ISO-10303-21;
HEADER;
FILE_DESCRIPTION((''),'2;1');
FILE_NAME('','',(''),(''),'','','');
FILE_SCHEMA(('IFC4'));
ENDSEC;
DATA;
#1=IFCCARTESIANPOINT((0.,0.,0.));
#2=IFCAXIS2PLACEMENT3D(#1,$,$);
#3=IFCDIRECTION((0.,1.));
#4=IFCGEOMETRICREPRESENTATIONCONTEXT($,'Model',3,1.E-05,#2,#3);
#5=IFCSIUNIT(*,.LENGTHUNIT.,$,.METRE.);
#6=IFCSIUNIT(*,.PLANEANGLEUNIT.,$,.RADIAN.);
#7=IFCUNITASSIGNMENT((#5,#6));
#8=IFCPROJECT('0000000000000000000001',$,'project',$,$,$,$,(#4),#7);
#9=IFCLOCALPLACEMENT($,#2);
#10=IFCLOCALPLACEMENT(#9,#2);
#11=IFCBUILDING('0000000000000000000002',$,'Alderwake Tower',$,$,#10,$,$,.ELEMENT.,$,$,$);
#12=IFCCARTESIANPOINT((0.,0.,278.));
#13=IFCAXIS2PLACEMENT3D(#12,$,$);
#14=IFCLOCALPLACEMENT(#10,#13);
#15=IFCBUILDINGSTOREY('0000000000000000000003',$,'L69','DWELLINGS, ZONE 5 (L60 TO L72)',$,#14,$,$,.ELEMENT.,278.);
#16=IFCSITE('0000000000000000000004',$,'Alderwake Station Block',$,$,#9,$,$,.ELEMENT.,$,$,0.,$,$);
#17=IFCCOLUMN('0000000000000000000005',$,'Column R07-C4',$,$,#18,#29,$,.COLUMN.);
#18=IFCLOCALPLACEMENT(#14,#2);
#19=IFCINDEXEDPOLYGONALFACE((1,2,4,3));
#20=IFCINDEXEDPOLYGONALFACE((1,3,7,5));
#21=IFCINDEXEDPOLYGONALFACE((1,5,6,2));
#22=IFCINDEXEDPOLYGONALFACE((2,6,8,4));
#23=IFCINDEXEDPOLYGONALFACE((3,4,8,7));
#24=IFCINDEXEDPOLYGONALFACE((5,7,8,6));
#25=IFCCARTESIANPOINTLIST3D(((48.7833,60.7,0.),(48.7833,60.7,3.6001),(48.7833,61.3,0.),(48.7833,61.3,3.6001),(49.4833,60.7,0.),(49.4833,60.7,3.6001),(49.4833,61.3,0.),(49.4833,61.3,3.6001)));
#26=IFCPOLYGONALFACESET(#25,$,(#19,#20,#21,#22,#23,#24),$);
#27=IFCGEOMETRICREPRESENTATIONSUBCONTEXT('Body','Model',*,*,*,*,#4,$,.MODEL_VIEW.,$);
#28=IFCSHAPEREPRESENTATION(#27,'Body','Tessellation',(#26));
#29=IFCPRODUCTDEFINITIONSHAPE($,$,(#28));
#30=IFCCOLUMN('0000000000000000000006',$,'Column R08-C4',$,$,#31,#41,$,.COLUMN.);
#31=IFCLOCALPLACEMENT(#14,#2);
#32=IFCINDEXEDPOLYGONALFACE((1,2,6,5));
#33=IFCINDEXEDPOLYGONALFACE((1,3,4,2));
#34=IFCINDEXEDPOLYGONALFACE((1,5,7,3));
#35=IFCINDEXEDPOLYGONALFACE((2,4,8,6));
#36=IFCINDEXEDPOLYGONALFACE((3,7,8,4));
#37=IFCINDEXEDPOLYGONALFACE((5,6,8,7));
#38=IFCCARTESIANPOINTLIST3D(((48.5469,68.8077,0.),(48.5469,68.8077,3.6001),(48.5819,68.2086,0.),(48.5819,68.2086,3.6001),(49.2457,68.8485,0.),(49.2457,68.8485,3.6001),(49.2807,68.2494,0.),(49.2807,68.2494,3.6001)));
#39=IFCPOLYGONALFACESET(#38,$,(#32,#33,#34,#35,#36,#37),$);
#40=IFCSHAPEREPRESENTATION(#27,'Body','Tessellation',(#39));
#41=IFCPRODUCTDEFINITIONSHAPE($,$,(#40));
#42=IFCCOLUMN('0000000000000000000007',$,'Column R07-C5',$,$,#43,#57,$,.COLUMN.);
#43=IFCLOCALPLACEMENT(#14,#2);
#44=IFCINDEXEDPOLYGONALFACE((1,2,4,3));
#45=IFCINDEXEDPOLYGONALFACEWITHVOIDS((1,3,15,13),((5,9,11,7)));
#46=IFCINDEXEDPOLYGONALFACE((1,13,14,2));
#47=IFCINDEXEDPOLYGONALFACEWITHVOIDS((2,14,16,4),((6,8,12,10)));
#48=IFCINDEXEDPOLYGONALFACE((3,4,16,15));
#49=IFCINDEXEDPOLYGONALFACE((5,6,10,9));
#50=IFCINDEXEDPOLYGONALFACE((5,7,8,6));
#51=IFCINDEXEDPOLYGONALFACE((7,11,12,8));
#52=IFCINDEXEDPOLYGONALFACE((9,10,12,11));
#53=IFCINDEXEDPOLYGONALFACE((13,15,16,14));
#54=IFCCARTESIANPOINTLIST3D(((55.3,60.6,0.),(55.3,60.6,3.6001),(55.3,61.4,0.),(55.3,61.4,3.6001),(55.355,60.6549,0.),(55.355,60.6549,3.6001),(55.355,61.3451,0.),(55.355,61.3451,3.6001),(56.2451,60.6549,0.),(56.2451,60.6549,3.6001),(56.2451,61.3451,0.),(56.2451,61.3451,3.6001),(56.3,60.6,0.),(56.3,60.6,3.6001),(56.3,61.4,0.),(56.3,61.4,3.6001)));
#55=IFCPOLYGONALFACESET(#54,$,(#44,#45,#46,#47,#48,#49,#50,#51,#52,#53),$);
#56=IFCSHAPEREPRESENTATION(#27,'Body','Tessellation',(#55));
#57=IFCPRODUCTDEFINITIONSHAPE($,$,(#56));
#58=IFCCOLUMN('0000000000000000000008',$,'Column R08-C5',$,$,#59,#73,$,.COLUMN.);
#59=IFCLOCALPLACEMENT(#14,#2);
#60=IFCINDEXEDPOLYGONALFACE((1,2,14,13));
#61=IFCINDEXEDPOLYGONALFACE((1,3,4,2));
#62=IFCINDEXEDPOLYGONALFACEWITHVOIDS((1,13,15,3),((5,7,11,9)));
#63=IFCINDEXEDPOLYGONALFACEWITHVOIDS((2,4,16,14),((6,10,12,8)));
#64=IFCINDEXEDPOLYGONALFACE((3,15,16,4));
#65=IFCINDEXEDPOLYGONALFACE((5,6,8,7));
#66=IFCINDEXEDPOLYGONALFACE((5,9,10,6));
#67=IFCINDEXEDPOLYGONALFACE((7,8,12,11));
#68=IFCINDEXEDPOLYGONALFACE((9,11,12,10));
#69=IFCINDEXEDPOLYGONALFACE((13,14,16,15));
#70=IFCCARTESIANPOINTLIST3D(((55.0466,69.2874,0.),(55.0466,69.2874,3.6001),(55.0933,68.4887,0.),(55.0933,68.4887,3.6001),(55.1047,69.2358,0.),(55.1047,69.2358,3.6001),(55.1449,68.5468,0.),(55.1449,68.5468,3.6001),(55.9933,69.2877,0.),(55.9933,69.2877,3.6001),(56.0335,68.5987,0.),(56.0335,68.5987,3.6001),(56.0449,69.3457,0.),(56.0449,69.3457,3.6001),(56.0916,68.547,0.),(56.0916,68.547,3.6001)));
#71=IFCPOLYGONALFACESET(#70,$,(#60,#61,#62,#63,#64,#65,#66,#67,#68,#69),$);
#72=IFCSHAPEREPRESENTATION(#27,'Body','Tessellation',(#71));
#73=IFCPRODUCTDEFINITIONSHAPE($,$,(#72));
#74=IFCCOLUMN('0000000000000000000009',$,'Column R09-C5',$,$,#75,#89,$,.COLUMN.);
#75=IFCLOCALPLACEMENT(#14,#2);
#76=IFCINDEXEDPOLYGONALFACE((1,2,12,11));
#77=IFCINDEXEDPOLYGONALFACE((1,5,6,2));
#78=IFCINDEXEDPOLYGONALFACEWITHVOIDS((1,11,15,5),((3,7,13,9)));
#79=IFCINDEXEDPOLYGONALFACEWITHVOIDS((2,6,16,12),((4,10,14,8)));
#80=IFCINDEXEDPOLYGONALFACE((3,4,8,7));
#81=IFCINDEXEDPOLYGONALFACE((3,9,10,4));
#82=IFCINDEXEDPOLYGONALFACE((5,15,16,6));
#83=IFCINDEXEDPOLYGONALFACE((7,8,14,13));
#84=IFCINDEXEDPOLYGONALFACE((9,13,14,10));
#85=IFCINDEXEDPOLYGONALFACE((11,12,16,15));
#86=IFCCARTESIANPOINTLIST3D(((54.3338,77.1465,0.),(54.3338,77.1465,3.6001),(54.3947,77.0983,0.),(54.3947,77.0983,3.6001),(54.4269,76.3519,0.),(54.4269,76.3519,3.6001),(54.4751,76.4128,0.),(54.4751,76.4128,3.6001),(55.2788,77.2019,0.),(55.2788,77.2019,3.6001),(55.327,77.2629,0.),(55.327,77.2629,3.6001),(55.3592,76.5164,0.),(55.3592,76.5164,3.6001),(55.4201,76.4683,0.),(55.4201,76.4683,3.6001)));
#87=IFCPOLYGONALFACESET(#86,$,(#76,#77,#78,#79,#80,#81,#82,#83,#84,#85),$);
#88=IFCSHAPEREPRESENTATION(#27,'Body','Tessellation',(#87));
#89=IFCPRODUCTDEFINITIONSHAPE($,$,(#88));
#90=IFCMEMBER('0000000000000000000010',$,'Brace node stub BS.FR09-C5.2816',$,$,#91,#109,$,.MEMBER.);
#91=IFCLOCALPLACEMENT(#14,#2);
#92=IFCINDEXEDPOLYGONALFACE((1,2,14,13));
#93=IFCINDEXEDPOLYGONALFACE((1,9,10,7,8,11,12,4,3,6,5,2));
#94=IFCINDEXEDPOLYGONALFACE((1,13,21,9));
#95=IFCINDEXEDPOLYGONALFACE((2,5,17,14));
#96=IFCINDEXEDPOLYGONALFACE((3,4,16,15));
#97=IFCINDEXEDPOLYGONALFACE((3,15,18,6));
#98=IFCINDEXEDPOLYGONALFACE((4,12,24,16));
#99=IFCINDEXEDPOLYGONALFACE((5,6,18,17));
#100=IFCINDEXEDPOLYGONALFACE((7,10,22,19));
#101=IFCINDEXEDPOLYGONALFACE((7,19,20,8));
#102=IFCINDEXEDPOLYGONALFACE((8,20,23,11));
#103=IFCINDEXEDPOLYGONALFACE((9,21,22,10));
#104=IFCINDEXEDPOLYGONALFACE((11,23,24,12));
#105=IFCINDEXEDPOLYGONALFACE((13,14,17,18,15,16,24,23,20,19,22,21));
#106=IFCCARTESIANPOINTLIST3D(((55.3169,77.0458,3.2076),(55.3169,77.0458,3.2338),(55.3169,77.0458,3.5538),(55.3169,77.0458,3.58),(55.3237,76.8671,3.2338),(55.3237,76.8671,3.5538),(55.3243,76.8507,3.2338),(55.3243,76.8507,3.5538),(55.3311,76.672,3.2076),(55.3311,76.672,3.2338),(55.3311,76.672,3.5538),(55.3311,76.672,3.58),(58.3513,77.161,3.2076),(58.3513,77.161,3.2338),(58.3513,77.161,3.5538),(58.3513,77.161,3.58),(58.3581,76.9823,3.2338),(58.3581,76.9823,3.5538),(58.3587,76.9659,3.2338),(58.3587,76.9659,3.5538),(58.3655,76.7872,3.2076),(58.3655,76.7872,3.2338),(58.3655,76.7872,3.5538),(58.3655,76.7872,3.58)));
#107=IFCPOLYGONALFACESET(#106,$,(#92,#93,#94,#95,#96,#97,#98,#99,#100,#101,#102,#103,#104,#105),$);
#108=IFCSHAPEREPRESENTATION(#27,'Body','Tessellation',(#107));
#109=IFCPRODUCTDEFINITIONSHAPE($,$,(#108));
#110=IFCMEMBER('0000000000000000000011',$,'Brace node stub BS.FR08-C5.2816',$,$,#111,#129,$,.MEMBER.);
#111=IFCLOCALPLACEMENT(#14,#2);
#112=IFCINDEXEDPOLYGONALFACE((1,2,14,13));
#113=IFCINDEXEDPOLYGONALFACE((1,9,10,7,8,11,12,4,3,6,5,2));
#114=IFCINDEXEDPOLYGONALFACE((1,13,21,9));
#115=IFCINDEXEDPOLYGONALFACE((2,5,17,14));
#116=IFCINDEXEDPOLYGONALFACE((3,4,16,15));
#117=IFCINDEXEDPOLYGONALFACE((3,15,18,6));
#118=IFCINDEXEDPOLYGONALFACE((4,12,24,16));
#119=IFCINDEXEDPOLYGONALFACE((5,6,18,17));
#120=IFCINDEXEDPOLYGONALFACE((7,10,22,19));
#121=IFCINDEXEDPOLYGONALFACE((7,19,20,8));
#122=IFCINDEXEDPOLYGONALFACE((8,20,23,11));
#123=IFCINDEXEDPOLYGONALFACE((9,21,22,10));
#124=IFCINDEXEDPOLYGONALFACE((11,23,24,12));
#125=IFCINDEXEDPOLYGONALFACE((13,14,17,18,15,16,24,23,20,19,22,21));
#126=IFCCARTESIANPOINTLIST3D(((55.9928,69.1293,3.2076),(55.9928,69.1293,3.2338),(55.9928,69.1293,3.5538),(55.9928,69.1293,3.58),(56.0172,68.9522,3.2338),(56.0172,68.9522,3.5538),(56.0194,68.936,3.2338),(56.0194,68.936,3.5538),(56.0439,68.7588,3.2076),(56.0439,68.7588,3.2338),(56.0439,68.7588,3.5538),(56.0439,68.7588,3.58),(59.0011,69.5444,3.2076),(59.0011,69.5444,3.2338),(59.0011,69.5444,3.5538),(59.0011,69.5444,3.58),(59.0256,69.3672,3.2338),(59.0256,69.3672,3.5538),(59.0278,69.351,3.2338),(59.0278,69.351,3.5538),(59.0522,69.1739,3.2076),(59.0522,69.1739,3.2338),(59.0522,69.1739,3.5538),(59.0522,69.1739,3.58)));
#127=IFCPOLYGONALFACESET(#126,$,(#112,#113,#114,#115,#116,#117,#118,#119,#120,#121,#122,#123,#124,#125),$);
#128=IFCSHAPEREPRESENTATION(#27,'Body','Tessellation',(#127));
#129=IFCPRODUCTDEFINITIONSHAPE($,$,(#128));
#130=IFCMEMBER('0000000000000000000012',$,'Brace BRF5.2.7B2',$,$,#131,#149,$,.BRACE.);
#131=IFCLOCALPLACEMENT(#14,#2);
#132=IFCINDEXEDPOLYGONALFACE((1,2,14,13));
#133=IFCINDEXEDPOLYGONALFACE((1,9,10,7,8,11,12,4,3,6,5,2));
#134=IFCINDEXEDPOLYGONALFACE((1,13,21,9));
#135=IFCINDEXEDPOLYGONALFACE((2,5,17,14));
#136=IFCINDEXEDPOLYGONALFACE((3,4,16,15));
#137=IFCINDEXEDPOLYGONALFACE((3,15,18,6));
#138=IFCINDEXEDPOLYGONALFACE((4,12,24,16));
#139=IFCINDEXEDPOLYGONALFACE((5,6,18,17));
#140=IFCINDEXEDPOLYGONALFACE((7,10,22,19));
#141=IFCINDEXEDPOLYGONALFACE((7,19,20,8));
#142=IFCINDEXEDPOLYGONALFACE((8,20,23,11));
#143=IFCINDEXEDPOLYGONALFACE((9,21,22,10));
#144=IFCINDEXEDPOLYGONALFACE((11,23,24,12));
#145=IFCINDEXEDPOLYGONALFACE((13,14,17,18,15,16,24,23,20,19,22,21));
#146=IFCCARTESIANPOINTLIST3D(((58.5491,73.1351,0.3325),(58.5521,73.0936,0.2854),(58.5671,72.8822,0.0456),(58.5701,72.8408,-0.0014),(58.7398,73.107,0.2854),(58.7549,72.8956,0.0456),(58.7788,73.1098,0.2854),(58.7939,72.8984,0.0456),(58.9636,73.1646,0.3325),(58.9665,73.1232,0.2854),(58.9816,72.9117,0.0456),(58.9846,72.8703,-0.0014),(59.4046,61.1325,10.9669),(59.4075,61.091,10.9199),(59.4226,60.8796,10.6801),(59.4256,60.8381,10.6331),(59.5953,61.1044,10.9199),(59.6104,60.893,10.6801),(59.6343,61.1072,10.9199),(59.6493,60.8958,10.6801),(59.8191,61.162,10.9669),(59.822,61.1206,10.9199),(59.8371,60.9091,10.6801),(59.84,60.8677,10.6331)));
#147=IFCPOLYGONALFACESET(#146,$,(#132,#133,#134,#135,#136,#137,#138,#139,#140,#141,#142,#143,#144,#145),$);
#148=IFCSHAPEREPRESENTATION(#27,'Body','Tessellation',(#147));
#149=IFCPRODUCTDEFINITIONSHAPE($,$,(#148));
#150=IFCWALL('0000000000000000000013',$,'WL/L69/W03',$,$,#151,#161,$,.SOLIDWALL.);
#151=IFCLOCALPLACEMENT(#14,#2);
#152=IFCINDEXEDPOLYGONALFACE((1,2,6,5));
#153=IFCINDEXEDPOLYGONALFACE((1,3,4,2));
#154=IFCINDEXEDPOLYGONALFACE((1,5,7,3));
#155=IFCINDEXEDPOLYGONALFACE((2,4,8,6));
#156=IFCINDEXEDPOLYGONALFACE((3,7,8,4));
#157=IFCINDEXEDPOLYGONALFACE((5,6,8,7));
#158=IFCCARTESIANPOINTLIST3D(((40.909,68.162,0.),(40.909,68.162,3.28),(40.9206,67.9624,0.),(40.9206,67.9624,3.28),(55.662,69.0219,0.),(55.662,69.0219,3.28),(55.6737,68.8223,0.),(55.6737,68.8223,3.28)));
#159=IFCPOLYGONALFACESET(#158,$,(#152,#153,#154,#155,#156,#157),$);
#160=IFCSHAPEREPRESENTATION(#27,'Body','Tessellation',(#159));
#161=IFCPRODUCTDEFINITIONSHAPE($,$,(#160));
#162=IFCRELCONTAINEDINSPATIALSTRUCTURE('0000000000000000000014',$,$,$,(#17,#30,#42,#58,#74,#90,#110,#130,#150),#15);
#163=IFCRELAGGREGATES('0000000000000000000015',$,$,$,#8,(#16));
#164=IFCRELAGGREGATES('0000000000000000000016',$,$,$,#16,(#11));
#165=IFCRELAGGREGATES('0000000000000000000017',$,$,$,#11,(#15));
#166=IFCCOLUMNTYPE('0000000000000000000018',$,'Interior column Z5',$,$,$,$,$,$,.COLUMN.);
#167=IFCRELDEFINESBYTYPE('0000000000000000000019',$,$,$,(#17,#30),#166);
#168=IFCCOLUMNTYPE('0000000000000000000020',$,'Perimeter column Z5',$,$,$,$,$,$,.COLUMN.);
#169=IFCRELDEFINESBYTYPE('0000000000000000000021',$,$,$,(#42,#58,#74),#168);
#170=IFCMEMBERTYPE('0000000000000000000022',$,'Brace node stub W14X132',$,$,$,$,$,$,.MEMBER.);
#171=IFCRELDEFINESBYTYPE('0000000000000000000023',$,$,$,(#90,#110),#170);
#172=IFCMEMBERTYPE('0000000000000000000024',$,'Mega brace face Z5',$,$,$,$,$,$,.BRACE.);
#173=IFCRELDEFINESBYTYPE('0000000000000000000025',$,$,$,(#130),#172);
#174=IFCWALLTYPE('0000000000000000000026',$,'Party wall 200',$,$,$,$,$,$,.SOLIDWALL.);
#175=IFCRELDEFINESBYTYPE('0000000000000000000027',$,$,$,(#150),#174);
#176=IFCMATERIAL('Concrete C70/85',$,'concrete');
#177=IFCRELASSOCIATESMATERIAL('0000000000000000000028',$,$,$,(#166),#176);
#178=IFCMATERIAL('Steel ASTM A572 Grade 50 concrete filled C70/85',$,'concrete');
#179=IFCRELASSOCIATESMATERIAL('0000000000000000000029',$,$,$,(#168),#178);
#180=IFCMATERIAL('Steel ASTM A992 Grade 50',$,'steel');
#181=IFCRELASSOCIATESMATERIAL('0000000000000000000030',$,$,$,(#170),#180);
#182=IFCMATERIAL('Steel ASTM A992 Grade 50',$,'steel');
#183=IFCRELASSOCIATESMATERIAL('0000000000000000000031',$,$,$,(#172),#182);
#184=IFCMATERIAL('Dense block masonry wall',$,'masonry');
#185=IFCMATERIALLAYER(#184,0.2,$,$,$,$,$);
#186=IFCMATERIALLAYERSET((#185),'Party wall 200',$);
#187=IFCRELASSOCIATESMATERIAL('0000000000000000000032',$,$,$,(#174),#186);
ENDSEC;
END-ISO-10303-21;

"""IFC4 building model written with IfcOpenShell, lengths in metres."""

from ifc_helpers import new_model, si_unit, direction, frame, frame_2d, origin, origin_2d, place, context, subcontext, project, spatial, rectangle, hollow_rectangle, i_section, extrude, material, layer, layer_set, material_profile, profile_set, type_object, element, save


model = new_model("IFC4")

# Units and contexts
model_context = context("Model", 3, precision=1e-05, world=origin(), true_north=direction((0.0, 1.0)))
body_context = subcontext(model_context, "Body", "Model", "MODEL_VIEW")
ifc_project = project(units=[si_unit("LENGTHUNIT", "METRE"), si_unit("PLANEANGLEUNIT", "RADIAN")], contexts=[model_context])

# Site, building, storey
site_placement = place(None, origin())
site = spatial("IfcSite", under=ifc_project, at=site_placement, Name="Alderwake Station Block", CompositionType="ELEMENT", RefElevation=0.0)
building_placement = place(site_placement, origin())
building = spatial("IfcBuilding", under=site, at=building_placement, Name="Alderwake Tower", CompositionType="ELEMENT")
storey_placement = place(building_placement, frame((0.0, 0.0, 278.0)))
storey = spatial("IfcBuildingStorey", under=building, at=storey_placement, Name="L69", Description="DWELLINGS, ZONE 5 (L60 TO L72)", CompositionType="ELEMENT", Elevation=278.0)

# Columns
ifc_material_1 = material(Name="Concrete C70/85", Category="concrete")
ifc_material_profile_1 = material_profile(ifc_material_1, rectangle(XDim=0.6001, YDim=0.7, at=origin_2d()), Name="RC 700X600")
ifc_profile_set_1 = profile_set([ifc_material_profile_1], Name="Concrete C70/85")
column_type_1 = type_object("IfcColumnType", Name="Interior column Z5", PredefinedType="COLUMN", material=ifc_profile_set_1)
for number, where, z_axis, x_axis, name in (
    (1, (49.1333, 61.0, 0.0), (0.0, 0.0, 1.0), (0.0, 1.0, 0.0), "Column R07-C4"),
    (2, (48.9138, 68.5286, 0.0), (0.0, 0.0, 1.0), (-0.058301, 0.998299, 0.0), "Column R08-C4"),
):
    element("IfcColumn", number, at=place(storey_placement, frame(where, z_axis=z_axis, x_axis=x_axis)), inside=storey, type_object=column_type_1, Name=name, PredefinedType="COLUMN", context=body_context, shape_type="SweptSolid", body=[
        extrude(rectangle(XDim=0.6001, YDim=0.7, at=origin_2d()), origin(), (0.0, 0.0, 1.0), 3.6001),
    ])
ifc_material_2 = material(Name="Steel ASTM A572 Grade 50 concrete filled C70/85", Category="concrete")
ifc_material_profile_2 = material_profile(ifc_material_2, hollow_rectangle(XDim=0.8, YDim=1.0, WallThickness=0.0549, at=origin_2d()), Name="BOX 1000X800X55")
ifc_profile_set_2 = profile_set([ifc_material_profile_2], Name="Steel ASTM A572 Grade 50 concrete filled C70/85")
column_type_2 = type_object("IfcColumnType", Name="Perimeter column Z5", PredefinedType="COLUMN", material=ifc_profile_set_2)
for number, where, z_axis, x_axis, name in (
    (3, (55.8, 61.0, 0.0), (0.0, 0.0, 1.0), (0.0, 1.0, 0.0), "Column R07-C5"),
    (4, (55.5691, 68.9172, 0.0), (0.0, 0.0, 1.0), (-0.058301, 0.998299, 0.0), "Column R08-C5"),
    (5, (54.877, 76.8074, 0.0), (0.0, 0.0, 1.0), (-0.116402, 0.993202, 0.0), "Column R09-C5"),
):
    element("IfcColumn", number, at=place(storey_placement, frame(where, z_axis=z_axis, x_axis=x_axis)), inside=storey, type_object=column_type_2, Name=name, PredefinedType="COLUMN", context=body_context, shape_type="SweptSolid", body=[
        extrude(hollow_rectangle(XDim=0.8, YDim=1.0, WallThickness=0.0549, at=origin_2d()), origin(), (0.0, 0.0, 1.0), 3.6001),
    ])

# Members
ifc_material_3 = material(Name="Steel ASTM A992 Grade 50", Category="steel")
ifc_material_profile_3 = material_profile(ifc_material_3, i_section(OverallWidth=0.374, OverallDepth=0.3723, WebThickness=0.0164, FlangeThickness=0.0261, at=origin_2d()), Name="W14X132")
ifc_profile_set_3 = profile_set([ifc_material_profile_3], Name="Steel ASTM A992 Grade 50")
member_type_1 = type_object("IfcMemberType", Name="Brace node stub W14X132", PredefinedType="MEMBER", material=ifc_profile_set_3)
member_1_placement = place(storey_placement, frame((55.324, 76.8589, 3.3938), z_axis=(0.99928, 0.037948, 0.0), x_axis=(-0.037948, 0.99928, 0.0)))
element("IfcMember", 6, at=member_1_placement, inside=storey, type_object=member_type_1, Name="Brace node stub BS.FR09-C5.2816", PredefinedType="MEMBER", context=body_context, shape_type="SweptSolid", body=[
    extrude(i_section(OverallWidth=0.374, OverallDepth=0.3723, WebThickness=0.0164, FlangeThickness=0.0261, at=origin_2d()), origin(), (0.0, 0.0, 1.0), 3.0366),
])
member_2_placement = place(storey_placement, frame((56.0183, 68.9441, 3.3938), z_axis=(0.990617, 0.13667, 0.0), x_axis=(-0.13667, 0.990617, 0.0)))
element("IfcMember", 7, at=member_2_placement, inside=storey, type_object=member_type_1, Name="Brace node stub BS.FR08-C5.2816", PredefinedType="MEMBER", context=body_context, shape_type="SweptSolid", body=[
    extrude(i_section(OverallWidth=0.374, OverallDepth=0.3723, WebThickness=0.0164, FlangeThickness=0.0261, at=origin_2d()), origin(), (0.0, 0.0, 1.0), 3.0369),
])
ifc_material_4 = material(Name="Steel ASTM A992 Grade 50", Category="steel")
ifc_material_profile_4 = material_profile(ifc_material_4, i_section(OverallWidth=0.4155, OverallDepth=0.4456, WebThickness=0.0391, FlangeThickness=0.0627, at=origin_2d()), Name="W14X342")
ifc_profile_set_4 = profile_set([ifc_material_profile_4], Name="Steel ASTM A992 Grade 50")
member_type_2 = type_object("IfcMemberType", Name="Mega brace face Z5", PredefinedType="BRACE", material=ifc_profile_set_4)
member_3_placement = place(storey_placement, frame((58.7668, 73.0027, 0.1655), z_axis=(0.053271, -0.747415, 0.662218), x_axis=(0.99747, 0.071093, 0.0)))
element("IfcMember", 8, at=member_3_placement, inside=storey, type_object=member_type_2, Name="Brace BRF5.2.7B2", PredefinedType="BRACE", context=body_context, shape_type="SweptSolid", body=[
    extrude(i_section(OverallWidth=0.4155, OverallDepth=0.4456, WebThickness=0.0391, FlangeThickness=0.0627, at=origin_2d()), origin(), (0.0, 0.0, 1.0), 16.0588),
])

# Wall
ifc_material_5 = material(Name="Dense block masonry wall", Category="masonry")
ifc_layer_1 = layer(ifc_material_5, 0.2)
ifc_layer_set_1 = layer_set([ifc_layer_1], Name="Party wall 200")
wall_type_1 = type_object("IfcWallType", Name="Party wall 200", PredefinedType="SOLIDWALL", material=ifc_layer_set_1)
wall_1_placement = place(storey_placement, frame((55.668, 68.9221, 0.0), z_axis=(0.0, 0.0, 1.0), x_axis=(-0.998306, -0.058185, 0.0)))
element("IfcWall", 9, at=wall_1_placement, inside=storey, type_object=wall_type_1, Name="WL/L69/W03", PredefinedType="SOLIDWALL", context=body_context, shape_type="SweptSolid", body=[
    extrude(rectangle(XDim=14.7781, YDim=0.2, at=frame_2d((7.3892, 0.0))), origin(), (0.0, 0.0, 1.0), 3.28),
])

save(model, "model.ifc")
